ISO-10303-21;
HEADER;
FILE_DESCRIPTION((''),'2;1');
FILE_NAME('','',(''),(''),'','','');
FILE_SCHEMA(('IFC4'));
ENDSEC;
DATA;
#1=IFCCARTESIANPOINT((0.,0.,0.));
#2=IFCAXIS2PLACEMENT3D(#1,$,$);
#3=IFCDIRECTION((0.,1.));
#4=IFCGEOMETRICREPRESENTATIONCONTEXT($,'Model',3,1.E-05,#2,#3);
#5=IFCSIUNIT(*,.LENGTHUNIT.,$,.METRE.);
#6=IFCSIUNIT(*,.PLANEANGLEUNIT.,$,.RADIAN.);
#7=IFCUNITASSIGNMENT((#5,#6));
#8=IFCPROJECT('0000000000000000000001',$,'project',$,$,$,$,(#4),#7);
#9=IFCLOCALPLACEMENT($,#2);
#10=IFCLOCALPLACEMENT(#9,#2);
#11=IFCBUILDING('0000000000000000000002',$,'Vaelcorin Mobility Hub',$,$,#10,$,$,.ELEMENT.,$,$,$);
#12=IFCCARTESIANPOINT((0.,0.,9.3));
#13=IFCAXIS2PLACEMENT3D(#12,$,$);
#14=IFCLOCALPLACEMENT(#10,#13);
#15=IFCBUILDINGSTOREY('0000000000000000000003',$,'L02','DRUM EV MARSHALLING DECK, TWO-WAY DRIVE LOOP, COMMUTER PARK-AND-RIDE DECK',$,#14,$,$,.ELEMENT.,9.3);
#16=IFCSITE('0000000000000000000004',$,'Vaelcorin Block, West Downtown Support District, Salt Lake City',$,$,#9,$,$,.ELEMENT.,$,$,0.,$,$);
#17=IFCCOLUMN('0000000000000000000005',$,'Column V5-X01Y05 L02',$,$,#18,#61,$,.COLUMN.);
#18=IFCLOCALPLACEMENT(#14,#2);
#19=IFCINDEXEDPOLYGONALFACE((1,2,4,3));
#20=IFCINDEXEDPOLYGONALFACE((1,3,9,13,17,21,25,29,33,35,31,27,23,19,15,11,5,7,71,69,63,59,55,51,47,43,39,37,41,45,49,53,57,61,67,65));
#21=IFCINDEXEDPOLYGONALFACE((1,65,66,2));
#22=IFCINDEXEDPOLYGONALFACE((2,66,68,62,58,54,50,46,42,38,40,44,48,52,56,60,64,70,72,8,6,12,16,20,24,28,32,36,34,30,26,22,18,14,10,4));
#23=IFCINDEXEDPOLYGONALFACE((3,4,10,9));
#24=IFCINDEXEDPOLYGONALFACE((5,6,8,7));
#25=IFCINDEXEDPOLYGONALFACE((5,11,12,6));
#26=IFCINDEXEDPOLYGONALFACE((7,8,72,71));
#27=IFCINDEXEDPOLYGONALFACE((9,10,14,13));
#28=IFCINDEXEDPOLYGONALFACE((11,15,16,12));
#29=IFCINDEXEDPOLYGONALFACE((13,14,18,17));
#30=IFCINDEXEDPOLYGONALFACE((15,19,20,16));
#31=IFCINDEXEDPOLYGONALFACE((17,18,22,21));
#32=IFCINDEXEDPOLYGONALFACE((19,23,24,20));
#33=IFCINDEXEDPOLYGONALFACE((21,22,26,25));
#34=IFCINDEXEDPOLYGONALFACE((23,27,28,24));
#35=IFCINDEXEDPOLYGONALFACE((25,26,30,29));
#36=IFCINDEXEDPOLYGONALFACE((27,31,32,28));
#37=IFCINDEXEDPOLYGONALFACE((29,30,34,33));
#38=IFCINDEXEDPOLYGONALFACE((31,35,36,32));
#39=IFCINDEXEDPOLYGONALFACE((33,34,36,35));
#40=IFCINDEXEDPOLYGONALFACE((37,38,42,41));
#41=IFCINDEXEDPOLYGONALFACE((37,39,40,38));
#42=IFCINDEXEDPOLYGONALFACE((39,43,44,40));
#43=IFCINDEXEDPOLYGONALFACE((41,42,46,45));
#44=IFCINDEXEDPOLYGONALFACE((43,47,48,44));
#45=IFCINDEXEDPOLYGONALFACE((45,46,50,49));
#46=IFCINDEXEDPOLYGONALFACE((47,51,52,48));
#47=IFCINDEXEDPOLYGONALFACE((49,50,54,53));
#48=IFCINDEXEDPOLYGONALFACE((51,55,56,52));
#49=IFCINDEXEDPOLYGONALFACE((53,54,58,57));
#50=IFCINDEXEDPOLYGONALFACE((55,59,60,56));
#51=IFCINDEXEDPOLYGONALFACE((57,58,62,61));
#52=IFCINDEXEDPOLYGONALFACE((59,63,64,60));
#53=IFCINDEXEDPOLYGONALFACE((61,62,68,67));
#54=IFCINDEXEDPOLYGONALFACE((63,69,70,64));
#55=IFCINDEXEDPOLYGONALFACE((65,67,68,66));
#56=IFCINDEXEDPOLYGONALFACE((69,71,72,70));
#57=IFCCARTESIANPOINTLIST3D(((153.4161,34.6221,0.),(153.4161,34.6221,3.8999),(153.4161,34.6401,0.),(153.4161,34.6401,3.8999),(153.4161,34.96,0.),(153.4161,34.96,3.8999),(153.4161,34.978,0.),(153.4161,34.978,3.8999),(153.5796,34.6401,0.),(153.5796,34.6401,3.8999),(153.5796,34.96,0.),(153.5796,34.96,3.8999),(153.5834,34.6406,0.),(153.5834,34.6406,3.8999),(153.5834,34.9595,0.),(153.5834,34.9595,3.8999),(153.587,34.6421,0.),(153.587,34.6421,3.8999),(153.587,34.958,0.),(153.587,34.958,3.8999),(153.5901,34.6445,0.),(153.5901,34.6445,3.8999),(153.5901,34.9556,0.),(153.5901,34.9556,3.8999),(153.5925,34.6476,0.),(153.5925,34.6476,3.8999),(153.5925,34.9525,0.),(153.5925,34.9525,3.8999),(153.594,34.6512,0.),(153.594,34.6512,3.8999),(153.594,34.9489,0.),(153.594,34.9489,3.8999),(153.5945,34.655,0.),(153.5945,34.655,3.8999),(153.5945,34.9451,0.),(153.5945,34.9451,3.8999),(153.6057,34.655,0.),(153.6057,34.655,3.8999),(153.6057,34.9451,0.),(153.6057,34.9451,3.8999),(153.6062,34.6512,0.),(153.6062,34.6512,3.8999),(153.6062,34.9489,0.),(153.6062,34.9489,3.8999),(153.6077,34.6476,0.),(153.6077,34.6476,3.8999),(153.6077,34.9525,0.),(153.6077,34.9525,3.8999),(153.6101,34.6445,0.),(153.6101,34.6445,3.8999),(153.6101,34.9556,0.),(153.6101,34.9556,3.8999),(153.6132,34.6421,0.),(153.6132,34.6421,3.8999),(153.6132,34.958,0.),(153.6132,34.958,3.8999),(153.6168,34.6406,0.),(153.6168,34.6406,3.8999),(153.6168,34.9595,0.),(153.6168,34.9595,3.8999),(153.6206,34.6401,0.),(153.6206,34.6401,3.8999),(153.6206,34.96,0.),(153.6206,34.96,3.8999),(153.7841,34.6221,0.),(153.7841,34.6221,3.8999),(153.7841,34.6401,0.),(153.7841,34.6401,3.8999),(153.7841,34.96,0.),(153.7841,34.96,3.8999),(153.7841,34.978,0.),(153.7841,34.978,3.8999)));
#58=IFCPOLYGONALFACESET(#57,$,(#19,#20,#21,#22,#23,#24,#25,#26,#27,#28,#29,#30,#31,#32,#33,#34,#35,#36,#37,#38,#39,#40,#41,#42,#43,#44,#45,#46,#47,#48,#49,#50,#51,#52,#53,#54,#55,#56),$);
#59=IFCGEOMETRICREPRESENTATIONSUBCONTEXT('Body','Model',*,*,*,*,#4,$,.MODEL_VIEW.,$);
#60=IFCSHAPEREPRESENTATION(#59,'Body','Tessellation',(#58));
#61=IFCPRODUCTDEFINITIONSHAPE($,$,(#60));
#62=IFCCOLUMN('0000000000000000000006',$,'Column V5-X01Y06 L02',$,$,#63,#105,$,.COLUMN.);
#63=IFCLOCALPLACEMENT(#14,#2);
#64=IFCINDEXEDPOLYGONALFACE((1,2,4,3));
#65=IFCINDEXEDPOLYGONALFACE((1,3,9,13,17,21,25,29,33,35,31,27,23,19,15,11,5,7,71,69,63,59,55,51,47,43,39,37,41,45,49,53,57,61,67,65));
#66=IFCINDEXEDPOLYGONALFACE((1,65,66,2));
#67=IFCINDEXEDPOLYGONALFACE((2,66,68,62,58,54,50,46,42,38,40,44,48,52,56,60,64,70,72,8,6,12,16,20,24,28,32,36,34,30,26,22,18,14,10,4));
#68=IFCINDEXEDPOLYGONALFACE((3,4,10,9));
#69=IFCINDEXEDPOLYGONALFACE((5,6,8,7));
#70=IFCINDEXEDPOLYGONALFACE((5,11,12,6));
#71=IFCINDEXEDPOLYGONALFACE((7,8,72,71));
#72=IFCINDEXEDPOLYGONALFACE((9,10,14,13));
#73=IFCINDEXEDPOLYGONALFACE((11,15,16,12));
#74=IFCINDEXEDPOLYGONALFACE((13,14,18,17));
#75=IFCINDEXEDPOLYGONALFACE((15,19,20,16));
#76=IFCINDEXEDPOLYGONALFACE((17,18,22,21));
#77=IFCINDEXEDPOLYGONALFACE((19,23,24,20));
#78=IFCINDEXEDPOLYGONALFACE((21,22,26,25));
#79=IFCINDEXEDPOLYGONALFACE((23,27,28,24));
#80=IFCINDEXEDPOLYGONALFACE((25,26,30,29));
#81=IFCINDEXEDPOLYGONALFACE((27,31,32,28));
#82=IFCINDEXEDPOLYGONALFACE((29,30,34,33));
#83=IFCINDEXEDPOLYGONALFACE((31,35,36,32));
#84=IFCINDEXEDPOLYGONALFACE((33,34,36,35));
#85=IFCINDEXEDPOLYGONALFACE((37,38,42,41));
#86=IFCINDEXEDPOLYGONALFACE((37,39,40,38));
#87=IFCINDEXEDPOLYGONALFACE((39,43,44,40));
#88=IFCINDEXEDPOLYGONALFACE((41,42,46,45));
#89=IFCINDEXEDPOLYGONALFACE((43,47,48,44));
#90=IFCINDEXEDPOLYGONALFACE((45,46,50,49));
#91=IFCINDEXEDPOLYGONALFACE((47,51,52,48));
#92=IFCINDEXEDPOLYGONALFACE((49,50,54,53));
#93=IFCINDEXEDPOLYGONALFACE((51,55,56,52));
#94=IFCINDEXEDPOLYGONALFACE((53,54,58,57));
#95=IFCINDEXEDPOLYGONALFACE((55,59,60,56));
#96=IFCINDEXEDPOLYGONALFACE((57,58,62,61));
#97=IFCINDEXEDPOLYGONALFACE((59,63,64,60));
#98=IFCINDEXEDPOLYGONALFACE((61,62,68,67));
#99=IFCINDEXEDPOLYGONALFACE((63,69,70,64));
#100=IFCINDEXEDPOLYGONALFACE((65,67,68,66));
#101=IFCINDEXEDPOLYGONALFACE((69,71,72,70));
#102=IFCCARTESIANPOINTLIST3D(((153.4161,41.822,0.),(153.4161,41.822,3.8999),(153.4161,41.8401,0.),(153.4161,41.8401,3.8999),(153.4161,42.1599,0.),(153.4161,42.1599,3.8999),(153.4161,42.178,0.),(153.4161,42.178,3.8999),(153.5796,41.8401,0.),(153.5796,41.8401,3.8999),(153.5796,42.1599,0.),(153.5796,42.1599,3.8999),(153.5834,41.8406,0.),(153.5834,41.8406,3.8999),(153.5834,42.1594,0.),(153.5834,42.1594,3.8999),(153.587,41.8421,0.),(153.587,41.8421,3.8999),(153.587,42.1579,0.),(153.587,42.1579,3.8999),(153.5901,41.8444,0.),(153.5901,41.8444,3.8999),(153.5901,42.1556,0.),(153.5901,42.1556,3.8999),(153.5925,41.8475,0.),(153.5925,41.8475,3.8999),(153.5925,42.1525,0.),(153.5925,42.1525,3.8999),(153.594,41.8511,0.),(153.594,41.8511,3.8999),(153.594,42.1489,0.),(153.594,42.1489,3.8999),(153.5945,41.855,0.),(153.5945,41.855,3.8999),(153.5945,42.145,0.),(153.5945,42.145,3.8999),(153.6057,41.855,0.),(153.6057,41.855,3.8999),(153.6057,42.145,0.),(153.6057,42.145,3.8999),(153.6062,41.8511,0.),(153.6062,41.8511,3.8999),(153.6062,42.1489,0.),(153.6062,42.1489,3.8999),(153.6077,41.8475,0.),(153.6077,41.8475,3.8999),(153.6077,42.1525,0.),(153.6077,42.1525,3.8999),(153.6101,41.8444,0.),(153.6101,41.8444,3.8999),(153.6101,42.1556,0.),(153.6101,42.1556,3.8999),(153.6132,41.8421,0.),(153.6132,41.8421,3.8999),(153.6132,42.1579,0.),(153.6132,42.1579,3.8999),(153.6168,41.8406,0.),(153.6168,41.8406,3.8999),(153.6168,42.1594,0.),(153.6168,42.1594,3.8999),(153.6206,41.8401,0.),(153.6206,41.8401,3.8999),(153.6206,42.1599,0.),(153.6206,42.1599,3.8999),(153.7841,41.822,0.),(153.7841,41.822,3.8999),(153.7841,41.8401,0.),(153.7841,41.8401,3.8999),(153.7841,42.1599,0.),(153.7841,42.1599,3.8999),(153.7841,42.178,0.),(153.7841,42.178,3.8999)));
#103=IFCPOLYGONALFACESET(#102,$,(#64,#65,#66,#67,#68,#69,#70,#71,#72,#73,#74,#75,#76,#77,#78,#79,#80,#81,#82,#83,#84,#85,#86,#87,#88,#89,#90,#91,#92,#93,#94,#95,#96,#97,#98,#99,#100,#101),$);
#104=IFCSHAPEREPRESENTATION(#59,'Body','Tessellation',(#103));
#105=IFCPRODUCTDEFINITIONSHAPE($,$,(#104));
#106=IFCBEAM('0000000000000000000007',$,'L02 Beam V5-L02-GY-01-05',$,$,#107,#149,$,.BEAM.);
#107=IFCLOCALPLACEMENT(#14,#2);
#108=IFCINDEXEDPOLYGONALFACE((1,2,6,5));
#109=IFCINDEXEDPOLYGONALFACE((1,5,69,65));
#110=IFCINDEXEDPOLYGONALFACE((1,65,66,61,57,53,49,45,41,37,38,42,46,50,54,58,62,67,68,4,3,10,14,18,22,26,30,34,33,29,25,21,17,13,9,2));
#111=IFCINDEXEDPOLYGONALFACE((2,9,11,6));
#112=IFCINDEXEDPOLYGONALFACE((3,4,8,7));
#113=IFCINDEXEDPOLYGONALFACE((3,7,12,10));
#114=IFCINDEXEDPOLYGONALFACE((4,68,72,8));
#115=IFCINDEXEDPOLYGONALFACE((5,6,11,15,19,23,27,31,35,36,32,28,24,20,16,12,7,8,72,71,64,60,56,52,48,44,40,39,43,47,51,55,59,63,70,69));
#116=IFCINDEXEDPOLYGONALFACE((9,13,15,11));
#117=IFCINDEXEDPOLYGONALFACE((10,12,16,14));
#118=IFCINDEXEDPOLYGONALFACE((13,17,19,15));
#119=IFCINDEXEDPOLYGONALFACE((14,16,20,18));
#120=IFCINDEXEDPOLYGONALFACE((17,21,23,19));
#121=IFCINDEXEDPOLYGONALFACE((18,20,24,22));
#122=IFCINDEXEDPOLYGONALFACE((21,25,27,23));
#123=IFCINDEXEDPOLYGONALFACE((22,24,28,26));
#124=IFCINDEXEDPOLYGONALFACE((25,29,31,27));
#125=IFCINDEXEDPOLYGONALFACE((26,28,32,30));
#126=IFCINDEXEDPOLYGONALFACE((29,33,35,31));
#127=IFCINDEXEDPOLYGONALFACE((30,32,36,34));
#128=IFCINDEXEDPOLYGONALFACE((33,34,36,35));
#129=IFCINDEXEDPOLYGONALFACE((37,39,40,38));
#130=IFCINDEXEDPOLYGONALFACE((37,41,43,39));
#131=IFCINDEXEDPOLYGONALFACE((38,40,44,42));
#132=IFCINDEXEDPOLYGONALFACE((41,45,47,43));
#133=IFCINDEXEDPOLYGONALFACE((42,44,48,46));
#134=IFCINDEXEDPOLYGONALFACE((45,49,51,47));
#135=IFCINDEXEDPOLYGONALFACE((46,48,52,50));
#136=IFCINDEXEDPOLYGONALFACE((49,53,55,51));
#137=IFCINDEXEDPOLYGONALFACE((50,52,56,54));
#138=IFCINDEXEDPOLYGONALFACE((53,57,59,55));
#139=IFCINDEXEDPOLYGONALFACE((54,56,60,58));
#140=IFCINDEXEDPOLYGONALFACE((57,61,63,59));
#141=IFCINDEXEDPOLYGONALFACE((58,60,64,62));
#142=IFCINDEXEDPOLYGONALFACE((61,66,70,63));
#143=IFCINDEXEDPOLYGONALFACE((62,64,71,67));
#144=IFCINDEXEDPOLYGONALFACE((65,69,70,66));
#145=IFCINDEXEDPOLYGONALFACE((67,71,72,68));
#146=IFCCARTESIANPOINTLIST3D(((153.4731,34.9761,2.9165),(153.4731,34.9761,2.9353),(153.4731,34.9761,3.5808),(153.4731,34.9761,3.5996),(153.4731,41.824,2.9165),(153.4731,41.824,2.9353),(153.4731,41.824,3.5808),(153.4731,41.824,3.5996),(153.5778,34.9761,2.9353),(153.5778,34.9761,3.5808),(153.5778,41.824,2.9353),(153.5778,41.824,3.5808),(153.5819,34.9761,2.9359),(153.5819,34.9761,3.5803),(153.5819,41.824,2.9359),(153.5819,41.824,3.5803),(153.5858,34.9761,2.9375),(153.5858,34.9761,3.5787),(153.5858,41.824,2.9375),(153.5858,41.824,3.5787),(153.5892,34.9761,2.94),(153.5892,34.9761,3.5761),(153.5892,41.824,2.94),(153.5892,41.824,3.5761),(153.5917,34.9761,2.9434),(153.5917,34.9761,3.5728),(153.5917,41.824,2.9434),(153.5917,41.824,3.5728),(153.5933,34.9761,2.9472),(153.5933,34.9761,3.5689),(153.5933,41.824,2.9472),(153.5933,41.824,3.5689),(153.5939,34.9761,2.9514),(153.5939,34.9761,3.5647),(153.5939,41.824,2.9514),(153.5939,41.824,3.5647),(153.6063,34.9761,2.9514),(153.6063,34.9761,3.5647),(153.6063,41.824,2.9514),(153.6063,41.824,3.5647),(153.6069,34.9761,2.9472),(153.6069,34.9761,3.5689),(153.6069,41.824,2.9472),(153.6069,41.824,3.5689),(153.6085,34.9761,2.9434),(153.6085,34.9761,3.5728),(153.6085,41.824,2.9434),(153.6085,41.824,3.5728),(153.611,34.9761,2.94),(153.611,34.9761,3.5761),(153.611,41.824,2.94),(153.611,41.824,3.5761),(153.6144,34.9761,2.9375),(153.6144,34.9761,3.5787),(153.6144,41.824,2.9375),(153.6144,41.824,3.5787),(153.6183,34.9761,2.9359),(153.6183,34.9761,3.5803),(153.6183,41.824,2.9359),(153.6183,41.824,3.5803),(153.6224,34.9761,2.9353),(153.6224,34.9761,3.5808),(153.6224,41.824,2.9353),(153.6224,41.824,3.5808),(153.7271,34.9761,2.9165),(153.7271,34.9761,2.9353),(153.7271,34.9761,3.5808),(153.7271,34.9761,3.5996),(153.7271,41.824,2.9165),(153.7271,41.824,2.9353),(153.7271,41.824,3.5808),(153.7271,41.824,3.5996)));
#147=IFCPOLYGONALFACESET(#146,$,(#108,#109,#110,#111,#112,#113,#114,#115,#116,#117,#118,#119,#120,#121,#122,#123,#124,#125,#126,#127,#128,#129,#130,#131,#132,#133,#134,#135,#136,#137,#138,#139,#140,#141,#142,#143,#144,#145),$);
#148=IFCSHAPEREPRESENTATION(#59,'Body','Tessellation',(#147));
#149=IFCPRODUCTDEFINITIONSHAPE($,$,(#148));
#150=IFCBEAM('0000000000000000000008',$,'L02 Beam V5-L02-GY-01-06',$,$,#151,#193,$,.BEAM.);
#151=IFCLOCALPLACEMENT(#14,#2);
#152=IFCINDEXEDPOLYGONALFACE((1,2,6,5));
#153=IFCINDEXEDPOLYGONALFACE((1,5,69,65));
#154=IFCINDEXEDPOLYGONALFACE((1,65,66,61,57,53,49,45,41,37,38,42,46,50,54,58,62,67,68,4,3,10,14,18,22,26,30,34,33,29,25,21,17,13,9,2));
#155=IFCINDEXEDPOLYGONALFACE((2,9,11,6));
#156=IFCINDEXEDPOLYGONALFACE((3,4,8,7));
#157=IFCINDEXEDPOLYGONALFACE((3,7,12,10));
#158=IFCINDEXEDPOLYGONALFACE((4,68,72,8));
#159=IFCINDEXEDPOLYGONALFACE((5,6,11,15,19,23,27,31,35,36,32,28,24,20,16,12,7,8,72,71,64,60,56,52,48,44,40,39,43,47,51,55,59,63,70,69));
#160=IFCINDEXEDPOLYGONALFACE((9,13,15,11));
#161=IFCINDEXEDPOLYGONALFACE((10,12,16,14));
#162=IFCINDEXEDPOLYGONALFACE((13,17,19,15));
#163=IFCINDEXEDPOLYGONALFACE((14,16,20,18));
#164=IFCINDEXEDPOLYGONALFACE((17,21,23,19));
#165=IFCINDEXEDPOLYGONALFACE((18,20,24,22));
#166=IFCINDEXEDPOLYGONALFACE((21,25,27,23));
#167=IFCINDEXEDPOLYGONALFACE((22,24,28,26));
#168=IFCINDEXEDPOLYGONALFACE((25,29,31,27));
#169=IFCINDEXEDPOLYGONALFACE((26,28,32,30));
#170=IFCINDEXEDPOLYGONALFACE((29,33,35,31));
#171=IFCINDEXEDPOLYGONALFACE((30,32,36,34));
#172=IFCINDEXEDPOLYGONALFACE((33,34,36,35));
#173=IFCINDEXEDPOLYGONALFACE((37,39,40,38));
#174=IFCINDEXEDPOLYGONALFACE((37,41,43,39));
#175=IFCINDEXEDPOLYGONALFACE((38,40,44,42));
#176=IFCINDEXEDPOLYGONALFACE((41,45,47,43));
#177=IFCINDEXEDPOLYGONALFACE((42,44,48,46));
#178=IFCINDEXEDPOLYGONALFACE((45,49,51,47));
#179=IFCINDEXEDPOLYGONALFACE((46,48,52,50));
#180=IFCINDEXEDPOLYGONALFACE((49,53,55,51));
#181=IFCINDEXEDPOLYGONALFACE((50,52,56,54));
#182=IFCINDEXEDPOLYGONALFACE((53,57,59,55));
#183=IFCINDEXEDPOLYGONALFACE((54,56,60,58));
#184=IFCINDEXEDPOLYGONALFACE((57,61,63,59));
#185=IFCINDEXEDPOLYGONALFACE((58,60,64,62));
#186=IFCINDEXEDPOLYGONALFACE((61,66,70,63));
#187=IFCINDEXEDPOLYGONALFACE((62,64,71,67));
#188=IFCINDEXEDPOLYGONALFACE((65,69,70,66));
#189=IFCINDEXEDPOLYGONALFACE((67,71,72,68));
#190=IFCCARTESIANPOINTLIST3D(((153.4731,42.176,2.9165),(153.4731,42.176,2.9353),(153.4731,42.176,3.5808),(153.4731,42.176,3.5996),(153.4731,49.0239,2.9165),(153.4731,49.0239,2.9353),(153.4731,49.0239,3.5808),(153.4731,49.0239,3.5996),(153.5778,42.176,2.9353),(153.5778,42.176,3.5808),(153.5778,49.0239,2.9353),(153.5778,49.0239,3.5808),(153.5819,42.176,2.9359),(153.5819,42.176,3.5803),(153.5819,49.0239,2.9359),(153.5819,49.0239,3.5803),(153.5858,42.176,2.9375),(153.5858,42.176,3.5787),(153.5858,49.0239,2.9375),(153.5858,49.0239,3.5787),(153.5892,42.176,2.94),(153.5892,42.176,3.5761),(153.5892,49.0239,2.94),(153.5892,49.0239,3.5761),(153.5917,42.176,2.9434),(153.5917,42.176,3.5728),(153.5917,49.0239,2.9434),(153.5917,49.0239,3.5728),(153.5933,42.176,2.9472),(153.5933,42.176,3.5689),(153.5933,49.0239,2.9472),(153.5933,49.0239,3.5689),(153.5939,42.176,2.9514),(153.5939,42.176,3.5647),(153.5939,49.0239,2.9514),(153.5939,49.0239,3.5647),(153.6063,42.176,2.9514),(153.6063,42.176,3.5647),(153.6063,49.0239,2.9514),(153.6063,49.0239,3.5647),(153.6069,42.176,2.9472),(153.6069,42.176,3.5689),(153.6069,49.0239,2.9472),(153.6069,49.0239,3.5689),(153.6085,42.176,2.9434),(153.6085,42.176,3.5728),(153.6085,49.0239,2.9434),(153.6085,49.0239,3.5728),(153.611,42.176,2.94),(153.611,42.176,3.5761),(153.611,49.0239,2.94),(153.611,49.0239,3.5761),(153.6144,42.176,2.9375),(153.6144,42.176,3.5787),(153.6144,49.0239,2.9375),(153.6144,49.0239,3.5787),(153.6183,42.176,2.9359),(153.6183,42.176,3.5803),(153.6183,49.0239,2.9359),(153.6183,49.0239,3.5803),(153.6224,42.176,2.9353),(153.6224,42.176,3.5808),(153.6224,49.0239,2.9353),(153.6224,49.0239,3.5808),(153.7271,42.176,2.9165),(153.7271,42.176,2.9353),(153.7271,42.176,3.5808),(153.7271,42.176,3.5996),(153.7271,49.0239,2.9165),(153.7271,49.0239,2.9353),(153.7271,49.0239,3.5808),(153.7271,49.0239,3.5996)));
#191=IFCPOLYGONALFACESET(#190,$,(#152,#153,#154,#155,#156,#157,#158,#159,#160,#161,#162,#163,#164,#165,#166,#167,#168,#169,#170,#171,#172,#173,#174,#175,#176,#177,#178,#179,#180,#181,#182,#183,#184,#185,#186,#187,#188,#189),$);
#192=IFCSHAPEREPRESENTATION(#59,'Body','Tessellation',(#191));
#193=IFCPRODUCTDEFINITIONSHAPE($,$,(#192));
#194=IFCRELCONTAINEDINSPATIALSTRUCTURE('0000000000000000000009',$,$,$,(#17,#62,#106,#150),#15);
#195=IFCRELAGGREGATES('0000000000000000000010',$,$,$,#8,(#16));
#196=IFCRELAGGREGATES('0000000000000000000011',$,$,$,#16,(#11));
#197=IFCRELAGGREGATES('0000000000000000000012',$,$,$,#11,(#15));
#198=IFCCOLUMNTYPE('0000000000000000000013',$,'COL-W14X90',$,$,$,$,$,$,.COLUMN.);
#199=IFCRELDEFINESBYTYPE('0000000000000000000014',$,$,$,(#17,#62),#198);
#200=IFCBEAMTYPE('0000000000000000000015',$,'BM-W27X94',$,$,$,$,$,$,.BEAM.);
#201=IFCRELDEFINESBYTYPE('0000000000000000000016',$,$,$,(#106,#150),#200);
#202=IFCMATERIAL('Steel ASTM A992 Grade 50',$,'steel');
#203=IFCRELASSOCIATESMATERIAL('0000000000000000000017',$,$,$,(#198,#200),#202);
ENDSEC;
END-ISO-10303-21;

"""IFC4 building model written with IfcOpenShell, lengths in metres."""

from ifc_helpers import new_model, si_unit, direction, frame, origin, origin_2d, place, context, subcontext, project, spatial, i_section, extrude, material, material_profile, profile_set, type_object, element, save


model = new_model("IFC4")

# Units and contexts
model_context = context("Model", 3, precision=1e-05, world=origin(), true_north=direction((0.0, 1.0)))
body_context = subcontext(model_context, "Body", "Model", "MODEL_VIEW")
ifc_project = project(units=[si_unit("LENGTHUNIT", "METRE"), si_unit("PLANEANGLEUNIT", "RADIAN")], contexts=[model_context])

# Site, building, storey
site_placement = place(None, origin())
site = spatial("IfcSite", under=ifc_project, at=site_placement, Name="Vaelcorin Block, West Downtown Support District, Salt Lake City", CompositionType="ELEMENT", RefElevation=0.0)
building_placement = place(site_placement, origin())
building = spatial("IfcBuilding", under=site, at=building_placement, Name="Vaelcorin Mobility Hub", CompositionType="ELEMENT")
storey_placement = place(building_placement, frame((0.0, 0.0, 9.3)))
storey = spatial("IfcBuildingStorey", under=building, at=storey_placement, Name="L02", Description="DRUM EV MARSHALLING DECK, TWO-WAY DRIVE LOOP, COMMUTER PARK-AND-RIDE DECK", CompositionType="ELEMENT", Elevation=9.3)

# Columns
ifc_material_1 = material(Name="Steel ASTM A992 Grade 50", Category="steel")
ifc_material_profile_1 = material_profile(ifc_material_1, i_section(OverallWidth=0.3679, OverallDepth=0.356, WebThickness=0.0112, FlangeThickness=0.0181, FilletRadius=0.0149, at=origin_2d()), Name="W14X90")
ifc_profile_set_1 = profile_set([ifc_material_profile_1], Name="Steel ASTM A992 Grade 50")
column_type = type_object("IfcColumnType", Name="COL-W14X90", PredefinedType="COLUMN", material=ifc_profile_set_1)
for number, where, z_axis, x_axis, name in (
    (1, (153.6001, 34.8, 0.0), (0.0, 0.0, 1.0), (1.0, 0.0, 0.0), "Column V5-X01Y05 L02"),
    (2, (153.6001, 42.0, 0.0), (0.0, 0.0, 1.0), (1.0, 0.0, 0.0), "Column V5-X01Y06 L02"),
):
    element("IfcColumn", number, at=place(storey_placement, frame(where, z_axis=z_axis, x_axis=x_axis)), inside=storey, type_object=column_type, Name=name, PredefinedType="COLUMN", context=body_context, shape_type="SweptSolid", body=[
        extrude(i_section(OverallWidth=0.3679, OverallDepth=0.356, WebThickness=0.0112, FlangeThickness=0.0181, FilletRadius=0.0149, at=origin_2d()), origin(), (0.0, 0.0, 1.0), 3.8999),
    ])

# Beams
ifc_material_profile_2 = material_profile(ifc_material_1, i_section(OverallWidth=0.2539, OverallDepth=0.6831, WebThickness=0.0125, FlangeThickness=0.0188, FilletRadius=0.0161, at=origin_2d()), Name="W27X94")
ifc_profile_set_2 = profile_set([ifc_material_profile_2], Name="Steel ASTM A992 Grade 50")
beam_type = type_object("IfcBeamType", Name="BM-W27X94", PredefinedType="BEAM", material=ifc_profile_set_2)
for number, where, z_axis, x_axis, name in (
    (3, (153.6001, 34.9761, 3.2581), (0.0, 1.0, 0.0), (-1.0, 0.0, 0.0), "L02 Beam V5-L02-GY-01-05"),
    (4, (153.6001, 42.176, 3.2581), (0.0, 1.0, 0.0), (-1.0, 0.0, 0.0), "L02 Beam V5-L02-GY-01-06"),
):
    element("IfcBeam", number, at=place(storey_placement, frame(where, z_axis=z_axis, x_axis=x_axis)), inside=storey, type_object=beam_type, Name=name, PredefinedType="BEAM", context=body_context, shape_type="SweptSolid", body=[
        extrude(i_section(OverallWidth=0.2539, OverallDepth=0.6831, WebThickness=0.0125, FlangeThickness=0.0188, FilletRadius=0.0161, at=origin_2d()), origin(), (0.0, 0.0, 1.0), 6.8479),
    ])

save(model, "model.ifc")
